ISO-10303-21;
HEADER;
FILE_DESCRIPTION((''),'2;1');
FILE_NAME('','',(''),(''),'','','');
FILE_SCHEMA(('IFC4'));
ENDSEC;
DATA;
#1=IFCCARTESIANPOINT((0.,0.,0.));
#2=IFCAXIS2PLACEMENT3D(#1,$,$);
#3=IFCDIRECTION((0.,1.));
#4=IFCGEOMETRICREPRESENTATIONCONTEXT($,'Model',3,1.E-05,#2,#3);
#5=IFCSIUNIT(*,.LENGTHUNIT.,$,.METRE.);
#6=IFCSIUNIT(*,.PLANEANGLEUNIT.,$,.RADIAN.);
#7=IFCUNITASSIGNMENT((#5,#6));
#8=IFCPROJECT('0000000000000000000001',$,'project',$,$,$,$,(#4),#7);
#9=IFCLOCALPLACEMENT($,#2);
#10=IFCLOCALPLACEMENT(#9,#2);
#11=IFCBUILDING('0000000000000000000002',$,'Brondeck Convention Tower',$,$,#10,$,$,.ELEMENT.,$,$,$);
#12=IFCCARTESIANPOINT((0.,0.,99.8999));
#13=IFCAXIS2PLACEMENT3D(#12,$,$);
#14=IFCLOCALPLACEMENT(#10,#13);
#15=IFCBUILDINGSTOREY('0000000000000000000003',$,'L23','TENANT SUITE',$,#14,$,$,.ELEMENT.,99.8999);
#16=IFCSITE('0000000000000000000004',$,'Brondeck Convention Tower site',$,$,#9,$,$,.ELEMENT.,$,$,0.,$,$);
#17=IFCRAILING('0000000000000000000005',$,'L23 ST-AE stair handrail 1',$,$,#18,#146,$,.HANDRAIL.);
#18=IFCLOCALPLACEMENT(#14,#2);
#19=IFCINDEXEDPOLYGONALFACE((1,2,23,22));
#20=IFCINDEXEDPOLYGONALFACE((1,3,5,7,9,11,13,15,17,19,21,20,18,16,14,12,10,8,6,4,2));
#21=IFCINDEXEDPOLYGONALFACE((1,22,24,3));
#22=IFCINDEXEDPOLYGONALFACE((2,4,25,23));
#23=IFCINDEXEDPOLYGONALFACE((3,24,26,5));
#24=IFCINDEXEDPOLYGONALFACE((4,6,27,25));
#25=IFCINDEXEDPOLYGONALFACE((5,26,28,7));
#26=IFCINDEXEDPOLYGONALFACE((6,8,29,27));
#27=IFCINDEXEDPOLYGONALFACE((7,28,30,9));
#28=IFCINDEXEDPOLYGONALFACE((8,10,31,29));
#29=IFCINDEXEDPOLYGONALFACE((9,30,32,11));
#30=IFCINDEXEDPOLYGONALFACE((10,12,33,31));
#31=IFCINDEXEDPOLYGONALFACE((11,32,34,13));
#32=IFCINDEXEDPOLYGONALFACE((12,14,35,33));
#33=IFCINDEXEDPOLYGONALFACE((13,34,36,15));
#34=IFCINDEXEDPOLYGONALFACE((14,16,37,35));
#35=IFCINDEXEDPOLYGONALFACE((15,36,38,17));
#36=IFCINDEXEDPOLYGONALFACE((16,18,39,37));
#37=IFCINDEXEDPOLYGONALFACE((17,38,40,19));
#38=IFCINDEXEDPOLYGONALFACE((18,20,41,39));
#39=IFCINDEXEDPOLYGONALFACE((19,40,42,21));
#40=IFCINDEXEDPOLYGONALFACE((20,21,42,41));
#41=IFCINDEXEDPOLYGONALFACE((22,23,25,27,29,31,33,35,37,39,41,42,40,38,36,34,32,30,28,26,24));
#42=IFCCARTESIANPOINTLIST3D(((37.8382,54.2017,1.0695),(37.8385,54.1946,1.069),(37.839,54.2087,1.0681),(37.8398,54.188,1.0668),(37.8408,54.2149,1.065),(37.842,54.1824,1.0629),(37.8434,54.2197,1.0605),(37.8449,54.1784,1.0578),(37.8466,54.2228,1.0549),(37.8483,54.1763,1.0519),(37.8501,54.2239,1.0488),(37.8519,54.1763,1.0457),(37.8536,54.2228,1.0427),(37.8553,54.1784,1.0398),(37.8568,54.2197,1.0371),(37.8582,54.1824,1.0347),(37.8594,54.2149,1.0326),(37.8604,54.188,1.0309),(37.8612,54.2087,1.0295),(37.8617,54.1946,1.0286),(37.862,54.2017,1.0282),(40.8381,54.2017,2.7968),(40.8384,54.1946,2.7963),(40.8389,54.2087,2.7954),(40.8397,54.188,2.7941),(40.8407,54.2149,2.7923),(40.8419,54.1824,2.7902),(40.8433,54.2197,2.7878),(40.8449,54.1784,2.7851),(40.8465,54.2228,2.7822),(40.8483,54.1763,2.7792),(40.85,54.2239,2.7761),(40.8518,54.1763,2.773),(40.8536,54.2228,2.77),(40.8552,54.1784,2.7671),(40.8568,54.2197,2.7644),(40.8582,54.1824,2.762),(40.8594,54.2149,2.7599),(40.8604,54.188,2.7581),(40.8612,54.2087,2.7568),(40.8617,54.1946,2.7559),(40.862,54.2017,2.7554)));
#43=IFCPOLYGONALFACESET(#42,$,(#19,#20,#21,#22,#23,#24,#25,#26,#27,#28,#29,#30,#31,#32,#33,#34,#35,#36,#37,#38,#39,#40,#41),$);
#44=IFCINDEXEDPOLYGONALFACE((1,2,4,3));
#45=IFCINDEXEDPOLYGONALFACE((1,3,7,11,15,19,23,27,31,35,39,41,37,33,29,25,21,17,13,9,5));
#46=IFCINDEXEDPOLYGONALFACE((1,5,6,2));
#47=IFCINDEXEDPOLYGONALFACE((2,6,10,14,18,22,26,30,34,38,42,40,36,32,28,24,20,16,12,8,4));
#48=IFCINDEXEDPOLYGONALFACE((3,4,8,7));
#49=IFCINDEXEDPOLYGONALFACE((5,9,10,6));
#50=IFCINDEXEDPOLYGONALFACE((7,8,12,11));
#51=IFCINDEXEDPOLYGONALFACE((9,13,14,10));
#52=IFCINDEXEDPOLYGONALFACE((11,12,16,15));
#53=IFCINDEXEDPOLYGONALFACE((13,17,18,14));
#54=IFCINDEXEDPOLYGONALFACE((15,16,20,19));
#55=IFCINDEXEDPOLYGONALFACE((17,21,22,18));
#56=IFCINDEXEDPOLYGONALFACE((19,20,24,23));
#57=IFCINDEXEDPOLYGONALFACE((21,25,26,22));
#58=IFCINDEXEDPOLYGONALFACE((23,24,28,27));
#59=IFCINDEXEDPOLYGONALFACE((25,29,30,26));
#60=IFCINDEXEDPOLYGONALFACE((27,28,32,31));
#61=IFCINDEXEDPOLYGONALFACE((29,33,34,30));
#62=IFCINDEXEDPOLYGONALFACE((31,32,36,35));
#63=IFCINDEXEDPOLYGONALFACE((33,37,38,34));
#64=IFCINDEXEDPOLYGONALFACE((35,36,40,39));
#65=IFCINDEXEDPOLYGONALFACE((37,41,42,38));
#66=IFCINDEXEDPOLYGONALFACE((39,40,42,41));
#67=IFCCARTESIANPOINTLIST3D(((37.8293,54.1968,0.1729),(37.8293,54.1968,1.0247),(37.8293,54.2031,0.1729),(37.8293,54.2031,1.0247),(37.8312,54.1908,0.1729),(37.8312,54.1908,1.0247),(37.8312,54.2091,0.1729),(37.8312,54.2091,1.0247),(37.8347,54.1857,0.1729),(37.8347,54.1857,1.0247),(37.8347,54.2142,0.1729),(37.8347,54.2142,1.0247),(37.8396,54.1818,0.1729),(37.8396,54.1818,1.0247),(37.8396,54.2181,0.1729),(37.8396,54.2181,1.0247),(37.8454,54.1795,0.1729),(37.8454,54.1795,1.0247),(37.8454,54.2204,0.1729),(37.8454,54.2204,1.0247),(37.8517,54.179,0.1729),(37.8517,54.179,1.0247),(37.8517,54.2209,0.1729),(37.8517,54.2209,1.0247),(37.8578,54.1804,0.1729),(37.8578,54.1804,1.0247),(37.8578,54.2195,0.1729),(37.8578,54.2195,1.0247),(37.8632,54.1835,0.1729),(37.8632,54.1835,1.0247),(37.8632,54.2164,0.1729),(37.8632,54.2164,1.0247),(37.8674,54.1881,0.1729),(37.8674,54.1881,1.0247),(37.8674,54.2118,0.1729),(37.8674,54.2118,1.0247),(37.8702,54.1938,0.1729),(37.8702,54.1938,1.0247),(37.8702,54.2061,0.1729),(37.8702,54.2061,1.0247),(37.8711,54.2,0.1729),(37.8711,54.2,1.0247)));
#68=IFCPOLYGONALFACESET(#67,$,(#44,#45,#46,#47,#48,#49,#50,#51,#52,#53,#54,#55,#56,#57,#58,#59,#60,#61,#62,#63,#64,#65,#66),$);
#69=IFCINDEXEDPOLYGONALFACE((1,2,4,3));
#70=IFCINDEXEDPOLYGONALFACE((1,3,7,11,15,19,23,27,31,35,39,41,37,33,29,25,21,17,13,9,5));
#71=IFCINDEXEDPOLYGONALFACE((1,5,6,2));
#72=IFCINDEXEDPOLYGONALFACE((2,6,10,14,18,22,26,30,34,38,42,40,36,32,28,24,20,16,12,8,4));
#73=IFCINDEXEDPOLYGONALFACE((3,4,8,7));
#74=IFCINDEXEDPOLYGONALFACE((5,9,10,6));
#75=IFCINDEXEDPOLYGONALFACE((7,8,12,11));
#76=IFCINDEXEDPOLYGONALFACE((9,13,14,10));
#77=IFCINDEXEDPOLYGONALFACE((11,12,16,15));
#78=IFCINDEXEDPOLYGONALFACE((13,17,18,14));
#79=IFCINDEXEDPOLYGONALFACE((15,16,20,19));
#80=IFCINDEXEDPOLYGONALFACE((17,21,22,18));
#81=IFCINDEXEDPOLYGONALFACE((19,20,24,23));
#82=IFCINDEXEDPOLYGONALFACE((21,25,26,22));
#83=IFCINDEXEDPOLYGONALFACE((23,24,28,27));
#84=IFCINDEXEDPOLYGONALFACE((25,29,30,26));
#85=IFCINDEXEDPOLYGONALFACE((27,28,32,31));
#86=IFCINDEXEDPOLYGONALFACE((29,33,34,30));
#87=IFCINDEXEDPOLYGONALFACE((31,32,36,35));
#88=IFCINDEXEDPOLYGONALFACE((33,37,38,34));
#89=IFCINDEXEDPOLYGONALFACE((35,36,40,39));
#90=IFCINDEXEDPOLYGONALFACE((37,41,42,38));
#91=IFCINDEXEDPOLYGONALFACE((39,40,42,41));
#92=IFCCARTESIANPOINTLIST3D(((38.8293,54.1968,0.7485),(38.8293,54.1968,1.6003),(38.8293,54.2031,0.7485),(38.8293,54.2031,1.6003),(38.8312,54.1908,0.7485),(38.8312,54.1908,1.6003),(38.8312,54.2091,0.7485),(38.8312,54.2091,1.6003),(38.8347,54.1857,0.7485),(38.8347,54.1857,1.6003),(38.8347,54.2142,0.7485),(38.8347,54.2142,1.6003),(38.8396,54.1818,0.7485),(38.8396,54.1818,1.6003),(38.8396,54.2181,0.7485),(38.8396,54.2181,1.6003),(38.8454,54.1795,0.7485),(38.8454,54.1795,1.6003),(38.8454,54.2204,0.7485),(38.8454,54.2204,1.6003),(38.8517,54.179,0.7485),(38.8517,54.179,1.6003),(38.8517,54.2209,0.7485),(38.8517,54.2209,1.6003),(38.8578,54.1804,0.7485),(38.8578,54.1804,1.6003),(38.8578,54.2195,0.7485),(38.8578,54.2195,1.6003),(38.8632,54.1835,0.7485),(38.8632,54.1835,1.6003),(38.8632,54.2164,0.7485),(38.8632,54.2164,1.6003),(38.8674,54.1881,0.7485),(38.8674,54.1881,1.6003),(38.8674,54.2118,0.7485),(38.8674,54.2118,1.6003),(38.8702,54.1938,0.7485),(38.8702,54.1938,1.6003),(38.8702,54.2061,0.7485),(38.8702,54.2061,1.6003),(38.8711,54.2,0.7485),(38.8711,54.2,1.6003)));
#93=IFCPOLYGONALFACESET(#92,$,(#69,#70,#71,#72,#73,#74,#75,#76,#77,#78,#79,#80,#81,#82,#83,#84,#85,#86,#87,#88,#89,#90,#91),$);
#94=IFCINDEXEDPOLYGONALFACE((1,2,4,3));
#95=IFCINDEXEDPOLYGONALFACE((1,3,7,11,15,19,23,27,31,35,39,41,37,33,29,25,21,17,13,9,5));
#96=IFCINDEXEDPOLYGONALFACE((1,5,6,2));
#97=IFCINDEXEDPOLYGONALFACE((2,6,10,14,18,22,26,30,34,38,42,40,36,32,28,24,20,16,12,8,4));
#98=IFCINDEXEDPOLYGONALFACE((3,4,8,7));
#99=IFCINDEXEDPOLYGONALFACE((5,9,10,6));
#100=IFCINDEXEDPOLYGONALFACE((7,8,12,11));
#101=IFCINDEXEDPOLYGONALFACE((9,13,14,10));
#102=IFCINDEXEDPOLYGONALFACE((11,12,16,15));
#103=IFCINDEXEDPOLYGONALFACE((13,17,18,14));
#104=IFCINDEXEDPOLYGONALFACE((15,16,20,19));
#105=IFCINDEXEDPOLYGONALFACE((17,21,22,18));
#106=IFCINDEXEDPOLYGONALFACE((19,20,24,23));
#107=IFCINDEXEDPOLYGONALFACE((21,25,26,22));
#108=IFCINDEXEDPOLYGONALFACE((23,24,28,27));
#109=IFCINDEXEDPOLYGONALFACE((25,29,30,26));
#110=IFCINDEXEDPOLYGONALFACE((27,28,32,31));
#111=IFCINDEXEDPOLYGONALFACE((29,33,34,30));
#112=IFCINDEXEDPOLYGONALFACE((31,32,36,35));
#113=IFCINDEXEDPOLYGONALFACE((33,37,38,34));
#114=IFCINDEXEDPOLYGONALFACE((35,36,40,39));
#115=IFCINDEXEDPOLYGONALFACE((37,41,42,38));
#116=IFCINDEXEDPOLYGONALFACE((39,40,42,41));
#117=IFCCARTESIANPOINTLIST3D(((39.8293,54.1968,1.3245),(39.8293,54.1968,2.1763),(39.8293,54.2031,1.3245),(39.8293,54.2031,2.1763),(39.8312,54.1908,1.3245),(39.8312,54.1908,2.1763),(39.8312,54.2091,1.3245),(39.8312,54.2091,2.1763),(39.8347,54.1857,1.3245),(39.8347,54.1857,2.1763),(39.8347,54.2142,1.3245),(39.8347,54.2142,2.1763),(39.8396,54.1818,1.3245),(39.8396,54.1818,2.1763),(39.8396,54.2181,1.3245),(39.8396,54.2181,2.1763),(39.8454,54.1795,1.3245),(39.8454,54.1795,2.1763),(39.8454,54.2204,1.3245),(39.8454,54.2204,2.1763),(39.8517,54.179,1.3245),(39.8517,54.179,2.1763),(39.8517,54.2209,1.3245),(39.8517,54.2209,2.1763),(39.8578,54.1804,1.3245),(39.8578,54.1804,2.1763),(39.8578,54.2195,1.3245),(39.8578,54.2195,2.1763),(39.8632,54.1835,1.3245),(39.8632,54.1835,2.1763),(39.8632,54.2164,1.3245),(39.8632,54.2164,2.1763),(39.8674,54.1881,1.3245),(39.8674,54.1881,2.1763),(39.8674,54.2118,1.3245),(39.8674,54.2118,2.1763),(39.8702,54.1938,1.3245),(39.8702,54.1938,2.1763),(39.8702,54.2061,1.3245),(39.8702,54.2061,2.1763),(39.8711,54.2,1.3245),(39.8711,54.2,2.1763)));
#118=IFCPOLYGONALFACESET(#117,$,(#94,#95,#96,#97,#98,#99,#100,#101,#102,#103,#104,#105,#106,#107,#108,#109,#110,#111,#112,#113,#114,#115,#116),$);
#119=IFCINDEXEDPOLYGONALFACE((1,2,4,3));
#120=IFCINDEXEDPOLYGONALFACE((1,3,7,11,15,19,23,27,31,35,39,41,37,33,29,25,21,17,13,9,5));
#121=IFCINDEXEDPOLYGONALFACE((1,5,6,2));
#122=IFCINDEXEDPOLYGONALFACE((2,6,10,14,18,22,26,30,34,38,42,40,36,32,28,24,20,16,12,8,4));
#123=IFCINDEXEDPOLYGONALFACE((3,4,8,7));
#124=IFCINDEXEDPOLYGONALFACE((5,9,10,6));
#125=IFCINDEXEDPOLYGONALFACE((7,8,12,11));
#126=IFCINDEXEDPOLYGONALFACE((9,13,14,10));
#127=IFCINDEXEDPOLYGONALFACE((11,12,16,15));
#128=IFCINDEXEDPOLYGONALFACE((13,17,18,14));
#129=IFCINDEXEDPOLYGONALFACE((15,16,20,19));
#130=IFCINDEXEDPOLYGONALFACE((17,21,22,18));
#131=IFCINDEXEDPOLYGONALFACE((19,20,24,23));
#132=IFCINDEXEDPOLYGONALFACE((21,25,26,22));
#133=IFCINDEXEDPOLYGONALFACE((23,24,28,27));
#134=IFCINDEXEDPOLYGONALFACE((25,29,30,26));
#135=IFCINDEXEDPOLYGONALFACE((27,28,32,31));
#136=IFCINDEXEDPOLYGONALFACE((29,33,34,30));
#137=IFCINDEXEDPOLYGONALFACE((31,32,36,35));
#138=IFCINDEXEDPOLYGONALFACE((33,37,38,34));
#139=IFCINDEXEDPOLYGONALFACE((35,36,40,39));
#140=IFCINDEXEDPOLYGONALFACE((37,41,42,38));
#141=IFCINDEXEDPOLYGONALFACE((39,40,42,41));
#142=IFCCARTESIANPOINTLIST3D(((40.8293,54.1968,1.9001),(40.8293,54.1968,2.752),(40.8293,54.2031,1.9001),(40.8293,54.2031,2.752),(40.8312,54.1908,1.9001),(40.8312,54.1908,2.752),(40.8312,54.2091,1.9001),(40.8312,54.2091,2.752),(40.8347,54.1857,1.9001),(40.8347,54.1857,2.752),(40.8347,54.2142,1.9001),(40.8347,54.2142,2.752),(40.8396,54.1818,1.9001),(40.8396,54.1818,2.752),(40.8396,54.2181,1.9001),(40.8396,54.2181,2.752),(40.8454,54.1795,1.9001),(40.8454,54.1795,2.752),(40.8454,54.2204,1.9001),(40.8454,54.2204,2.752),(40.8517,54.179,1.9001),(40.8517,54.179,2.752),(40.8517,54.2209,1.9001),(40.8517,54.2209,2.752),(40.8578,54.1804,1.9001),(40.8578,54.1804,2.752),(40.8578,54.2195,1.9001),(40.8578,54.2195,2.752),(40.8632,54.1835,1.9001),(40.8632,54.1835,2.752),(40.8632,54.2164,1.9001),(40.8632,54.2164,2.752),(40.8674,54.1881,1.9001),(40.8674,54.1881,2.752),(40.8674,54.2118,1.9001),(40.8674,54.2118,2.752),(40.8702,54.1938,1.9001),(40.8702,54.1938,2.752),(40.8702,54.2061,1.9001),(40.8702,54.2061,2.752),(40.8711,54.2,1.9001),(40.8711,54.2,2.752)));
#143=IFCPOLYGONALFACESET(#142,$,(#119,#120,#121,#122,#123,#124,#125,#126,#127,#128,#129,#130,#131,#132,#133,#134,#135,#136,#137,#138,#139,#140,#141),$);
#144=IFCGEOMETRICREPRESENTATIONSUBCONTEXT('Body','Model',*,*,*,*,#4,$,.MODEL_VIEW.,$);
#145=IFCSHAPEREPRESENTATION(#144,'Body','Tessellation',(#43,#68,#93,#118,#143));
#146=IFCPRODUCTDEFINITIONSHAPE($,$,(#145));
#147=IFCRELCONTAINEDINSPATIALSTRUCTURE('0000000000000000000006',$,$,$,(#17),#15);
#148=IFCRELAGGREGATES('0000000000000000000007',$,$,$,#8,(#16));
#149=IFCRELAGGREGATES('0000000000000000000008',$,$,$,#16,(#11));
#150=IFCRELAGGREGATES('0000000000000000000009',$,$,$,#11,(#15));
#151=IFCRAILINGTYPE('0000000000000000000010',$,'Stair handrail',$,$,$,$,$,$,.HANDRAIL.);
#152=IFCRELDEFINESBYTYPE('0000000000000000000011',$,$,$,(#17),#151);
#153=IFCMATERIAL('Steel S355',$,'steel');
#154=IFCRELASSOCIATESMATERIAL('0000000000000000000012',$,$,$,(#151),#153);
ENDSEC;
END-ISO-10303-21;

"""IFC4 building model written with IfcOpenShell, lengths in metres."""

from ifc_helpers import new_model, si_unit, direction, frame, origin, origin_2d, place, context, subcontext, project, spatial, circle, extrude, material, type_object, element, save


model = new_model("IFC4")

# Units and contexts
model_context = context("Model", 3, precision=1e-05, world=origin(), true_north=direction((0.0, 1.0)))
body_context = subcontext(model_context, "Body", "Model", "MODEL_VIEW")
ifc_project = project(units=[si_unit("LENGTHUNIT", "METRE"), si_unit("PLANEANGLEUNIT", "RADIAN")], contexts=[model_context])

# Site, building, storey
site_placement = place(None, origin())
site = spatial("IfcSite", under=ifc_project, at=site_placement, Name="Brondeck Convention Tower site", CompositionType="ELEMENT", RefElevation=0.0)
building_placement = place(site_placement, origin())
building = spatial("IfcBuilding", under=site, at=building_placement, Name="Brondeck Convention Tower", CompositionType="ELEMENT")
storey_placement = place(building_placement, frame((0.0, 0.0, 99.8999)))
storey = spatial("IfcBuildingStorey", under=building, at=storey_placement, Name="L23", Description="TENANT SUITE", CompositionType="ELEMENT", Elevation=99.8999)

# Shared definitions
ifc_material_1 = material(Name="Steel S355", Category="steel")

# Railing
railing_type_1 = type_object("IfcRailingType", Name="Stair handrail", PredefinedType="HANDRAIL", material=ifc_material_1)
railing_1_placement = place(storey_placement, frame((37.8501, 54.2, 0.1729)))
element("IfcRailing", 1, at=railing_1_placement, inside=storey, type_object=railing_type_1, Name="L23 ST-AE stair handrail 1", PredefinedType="HANDRAIL", context=body_context, shape_type="SweptSolid", body=[
    extrude(circle(Radius=0.0239, at=origin_2d()), frame((0.0, 0.0, 0.876), z_axis=(0.86662, 0.0, 0.498969), x_axis=(0.0, 1.0, 0.0)), (0.0, 0.0, 1.0), 3.4617),
    extrude(circle(Radius=0.021, at=origin_2d()), origin(), (0.0, 0.0, 1.0), 0.8518),
    extrude(circle(Radius=0.021, at=origin_2d()), frame((1.0, 0.0, 0.5757)), (0.0, 0.0, 1.0), 0.8518),
    extrude(circle(Radius=0.021, at=origin_2d()), frame((2.0, 0.0, 1.1516)), (0.0, 0.0, 1.0), 0.8518),
    extrude(circle(Radius=0.021, at=origin_2d()), frame((3.0, 0.0, 1.7273)), (0.0, 0.0, 1.0), 0.8518),
])

save(model, "model.ifc")
